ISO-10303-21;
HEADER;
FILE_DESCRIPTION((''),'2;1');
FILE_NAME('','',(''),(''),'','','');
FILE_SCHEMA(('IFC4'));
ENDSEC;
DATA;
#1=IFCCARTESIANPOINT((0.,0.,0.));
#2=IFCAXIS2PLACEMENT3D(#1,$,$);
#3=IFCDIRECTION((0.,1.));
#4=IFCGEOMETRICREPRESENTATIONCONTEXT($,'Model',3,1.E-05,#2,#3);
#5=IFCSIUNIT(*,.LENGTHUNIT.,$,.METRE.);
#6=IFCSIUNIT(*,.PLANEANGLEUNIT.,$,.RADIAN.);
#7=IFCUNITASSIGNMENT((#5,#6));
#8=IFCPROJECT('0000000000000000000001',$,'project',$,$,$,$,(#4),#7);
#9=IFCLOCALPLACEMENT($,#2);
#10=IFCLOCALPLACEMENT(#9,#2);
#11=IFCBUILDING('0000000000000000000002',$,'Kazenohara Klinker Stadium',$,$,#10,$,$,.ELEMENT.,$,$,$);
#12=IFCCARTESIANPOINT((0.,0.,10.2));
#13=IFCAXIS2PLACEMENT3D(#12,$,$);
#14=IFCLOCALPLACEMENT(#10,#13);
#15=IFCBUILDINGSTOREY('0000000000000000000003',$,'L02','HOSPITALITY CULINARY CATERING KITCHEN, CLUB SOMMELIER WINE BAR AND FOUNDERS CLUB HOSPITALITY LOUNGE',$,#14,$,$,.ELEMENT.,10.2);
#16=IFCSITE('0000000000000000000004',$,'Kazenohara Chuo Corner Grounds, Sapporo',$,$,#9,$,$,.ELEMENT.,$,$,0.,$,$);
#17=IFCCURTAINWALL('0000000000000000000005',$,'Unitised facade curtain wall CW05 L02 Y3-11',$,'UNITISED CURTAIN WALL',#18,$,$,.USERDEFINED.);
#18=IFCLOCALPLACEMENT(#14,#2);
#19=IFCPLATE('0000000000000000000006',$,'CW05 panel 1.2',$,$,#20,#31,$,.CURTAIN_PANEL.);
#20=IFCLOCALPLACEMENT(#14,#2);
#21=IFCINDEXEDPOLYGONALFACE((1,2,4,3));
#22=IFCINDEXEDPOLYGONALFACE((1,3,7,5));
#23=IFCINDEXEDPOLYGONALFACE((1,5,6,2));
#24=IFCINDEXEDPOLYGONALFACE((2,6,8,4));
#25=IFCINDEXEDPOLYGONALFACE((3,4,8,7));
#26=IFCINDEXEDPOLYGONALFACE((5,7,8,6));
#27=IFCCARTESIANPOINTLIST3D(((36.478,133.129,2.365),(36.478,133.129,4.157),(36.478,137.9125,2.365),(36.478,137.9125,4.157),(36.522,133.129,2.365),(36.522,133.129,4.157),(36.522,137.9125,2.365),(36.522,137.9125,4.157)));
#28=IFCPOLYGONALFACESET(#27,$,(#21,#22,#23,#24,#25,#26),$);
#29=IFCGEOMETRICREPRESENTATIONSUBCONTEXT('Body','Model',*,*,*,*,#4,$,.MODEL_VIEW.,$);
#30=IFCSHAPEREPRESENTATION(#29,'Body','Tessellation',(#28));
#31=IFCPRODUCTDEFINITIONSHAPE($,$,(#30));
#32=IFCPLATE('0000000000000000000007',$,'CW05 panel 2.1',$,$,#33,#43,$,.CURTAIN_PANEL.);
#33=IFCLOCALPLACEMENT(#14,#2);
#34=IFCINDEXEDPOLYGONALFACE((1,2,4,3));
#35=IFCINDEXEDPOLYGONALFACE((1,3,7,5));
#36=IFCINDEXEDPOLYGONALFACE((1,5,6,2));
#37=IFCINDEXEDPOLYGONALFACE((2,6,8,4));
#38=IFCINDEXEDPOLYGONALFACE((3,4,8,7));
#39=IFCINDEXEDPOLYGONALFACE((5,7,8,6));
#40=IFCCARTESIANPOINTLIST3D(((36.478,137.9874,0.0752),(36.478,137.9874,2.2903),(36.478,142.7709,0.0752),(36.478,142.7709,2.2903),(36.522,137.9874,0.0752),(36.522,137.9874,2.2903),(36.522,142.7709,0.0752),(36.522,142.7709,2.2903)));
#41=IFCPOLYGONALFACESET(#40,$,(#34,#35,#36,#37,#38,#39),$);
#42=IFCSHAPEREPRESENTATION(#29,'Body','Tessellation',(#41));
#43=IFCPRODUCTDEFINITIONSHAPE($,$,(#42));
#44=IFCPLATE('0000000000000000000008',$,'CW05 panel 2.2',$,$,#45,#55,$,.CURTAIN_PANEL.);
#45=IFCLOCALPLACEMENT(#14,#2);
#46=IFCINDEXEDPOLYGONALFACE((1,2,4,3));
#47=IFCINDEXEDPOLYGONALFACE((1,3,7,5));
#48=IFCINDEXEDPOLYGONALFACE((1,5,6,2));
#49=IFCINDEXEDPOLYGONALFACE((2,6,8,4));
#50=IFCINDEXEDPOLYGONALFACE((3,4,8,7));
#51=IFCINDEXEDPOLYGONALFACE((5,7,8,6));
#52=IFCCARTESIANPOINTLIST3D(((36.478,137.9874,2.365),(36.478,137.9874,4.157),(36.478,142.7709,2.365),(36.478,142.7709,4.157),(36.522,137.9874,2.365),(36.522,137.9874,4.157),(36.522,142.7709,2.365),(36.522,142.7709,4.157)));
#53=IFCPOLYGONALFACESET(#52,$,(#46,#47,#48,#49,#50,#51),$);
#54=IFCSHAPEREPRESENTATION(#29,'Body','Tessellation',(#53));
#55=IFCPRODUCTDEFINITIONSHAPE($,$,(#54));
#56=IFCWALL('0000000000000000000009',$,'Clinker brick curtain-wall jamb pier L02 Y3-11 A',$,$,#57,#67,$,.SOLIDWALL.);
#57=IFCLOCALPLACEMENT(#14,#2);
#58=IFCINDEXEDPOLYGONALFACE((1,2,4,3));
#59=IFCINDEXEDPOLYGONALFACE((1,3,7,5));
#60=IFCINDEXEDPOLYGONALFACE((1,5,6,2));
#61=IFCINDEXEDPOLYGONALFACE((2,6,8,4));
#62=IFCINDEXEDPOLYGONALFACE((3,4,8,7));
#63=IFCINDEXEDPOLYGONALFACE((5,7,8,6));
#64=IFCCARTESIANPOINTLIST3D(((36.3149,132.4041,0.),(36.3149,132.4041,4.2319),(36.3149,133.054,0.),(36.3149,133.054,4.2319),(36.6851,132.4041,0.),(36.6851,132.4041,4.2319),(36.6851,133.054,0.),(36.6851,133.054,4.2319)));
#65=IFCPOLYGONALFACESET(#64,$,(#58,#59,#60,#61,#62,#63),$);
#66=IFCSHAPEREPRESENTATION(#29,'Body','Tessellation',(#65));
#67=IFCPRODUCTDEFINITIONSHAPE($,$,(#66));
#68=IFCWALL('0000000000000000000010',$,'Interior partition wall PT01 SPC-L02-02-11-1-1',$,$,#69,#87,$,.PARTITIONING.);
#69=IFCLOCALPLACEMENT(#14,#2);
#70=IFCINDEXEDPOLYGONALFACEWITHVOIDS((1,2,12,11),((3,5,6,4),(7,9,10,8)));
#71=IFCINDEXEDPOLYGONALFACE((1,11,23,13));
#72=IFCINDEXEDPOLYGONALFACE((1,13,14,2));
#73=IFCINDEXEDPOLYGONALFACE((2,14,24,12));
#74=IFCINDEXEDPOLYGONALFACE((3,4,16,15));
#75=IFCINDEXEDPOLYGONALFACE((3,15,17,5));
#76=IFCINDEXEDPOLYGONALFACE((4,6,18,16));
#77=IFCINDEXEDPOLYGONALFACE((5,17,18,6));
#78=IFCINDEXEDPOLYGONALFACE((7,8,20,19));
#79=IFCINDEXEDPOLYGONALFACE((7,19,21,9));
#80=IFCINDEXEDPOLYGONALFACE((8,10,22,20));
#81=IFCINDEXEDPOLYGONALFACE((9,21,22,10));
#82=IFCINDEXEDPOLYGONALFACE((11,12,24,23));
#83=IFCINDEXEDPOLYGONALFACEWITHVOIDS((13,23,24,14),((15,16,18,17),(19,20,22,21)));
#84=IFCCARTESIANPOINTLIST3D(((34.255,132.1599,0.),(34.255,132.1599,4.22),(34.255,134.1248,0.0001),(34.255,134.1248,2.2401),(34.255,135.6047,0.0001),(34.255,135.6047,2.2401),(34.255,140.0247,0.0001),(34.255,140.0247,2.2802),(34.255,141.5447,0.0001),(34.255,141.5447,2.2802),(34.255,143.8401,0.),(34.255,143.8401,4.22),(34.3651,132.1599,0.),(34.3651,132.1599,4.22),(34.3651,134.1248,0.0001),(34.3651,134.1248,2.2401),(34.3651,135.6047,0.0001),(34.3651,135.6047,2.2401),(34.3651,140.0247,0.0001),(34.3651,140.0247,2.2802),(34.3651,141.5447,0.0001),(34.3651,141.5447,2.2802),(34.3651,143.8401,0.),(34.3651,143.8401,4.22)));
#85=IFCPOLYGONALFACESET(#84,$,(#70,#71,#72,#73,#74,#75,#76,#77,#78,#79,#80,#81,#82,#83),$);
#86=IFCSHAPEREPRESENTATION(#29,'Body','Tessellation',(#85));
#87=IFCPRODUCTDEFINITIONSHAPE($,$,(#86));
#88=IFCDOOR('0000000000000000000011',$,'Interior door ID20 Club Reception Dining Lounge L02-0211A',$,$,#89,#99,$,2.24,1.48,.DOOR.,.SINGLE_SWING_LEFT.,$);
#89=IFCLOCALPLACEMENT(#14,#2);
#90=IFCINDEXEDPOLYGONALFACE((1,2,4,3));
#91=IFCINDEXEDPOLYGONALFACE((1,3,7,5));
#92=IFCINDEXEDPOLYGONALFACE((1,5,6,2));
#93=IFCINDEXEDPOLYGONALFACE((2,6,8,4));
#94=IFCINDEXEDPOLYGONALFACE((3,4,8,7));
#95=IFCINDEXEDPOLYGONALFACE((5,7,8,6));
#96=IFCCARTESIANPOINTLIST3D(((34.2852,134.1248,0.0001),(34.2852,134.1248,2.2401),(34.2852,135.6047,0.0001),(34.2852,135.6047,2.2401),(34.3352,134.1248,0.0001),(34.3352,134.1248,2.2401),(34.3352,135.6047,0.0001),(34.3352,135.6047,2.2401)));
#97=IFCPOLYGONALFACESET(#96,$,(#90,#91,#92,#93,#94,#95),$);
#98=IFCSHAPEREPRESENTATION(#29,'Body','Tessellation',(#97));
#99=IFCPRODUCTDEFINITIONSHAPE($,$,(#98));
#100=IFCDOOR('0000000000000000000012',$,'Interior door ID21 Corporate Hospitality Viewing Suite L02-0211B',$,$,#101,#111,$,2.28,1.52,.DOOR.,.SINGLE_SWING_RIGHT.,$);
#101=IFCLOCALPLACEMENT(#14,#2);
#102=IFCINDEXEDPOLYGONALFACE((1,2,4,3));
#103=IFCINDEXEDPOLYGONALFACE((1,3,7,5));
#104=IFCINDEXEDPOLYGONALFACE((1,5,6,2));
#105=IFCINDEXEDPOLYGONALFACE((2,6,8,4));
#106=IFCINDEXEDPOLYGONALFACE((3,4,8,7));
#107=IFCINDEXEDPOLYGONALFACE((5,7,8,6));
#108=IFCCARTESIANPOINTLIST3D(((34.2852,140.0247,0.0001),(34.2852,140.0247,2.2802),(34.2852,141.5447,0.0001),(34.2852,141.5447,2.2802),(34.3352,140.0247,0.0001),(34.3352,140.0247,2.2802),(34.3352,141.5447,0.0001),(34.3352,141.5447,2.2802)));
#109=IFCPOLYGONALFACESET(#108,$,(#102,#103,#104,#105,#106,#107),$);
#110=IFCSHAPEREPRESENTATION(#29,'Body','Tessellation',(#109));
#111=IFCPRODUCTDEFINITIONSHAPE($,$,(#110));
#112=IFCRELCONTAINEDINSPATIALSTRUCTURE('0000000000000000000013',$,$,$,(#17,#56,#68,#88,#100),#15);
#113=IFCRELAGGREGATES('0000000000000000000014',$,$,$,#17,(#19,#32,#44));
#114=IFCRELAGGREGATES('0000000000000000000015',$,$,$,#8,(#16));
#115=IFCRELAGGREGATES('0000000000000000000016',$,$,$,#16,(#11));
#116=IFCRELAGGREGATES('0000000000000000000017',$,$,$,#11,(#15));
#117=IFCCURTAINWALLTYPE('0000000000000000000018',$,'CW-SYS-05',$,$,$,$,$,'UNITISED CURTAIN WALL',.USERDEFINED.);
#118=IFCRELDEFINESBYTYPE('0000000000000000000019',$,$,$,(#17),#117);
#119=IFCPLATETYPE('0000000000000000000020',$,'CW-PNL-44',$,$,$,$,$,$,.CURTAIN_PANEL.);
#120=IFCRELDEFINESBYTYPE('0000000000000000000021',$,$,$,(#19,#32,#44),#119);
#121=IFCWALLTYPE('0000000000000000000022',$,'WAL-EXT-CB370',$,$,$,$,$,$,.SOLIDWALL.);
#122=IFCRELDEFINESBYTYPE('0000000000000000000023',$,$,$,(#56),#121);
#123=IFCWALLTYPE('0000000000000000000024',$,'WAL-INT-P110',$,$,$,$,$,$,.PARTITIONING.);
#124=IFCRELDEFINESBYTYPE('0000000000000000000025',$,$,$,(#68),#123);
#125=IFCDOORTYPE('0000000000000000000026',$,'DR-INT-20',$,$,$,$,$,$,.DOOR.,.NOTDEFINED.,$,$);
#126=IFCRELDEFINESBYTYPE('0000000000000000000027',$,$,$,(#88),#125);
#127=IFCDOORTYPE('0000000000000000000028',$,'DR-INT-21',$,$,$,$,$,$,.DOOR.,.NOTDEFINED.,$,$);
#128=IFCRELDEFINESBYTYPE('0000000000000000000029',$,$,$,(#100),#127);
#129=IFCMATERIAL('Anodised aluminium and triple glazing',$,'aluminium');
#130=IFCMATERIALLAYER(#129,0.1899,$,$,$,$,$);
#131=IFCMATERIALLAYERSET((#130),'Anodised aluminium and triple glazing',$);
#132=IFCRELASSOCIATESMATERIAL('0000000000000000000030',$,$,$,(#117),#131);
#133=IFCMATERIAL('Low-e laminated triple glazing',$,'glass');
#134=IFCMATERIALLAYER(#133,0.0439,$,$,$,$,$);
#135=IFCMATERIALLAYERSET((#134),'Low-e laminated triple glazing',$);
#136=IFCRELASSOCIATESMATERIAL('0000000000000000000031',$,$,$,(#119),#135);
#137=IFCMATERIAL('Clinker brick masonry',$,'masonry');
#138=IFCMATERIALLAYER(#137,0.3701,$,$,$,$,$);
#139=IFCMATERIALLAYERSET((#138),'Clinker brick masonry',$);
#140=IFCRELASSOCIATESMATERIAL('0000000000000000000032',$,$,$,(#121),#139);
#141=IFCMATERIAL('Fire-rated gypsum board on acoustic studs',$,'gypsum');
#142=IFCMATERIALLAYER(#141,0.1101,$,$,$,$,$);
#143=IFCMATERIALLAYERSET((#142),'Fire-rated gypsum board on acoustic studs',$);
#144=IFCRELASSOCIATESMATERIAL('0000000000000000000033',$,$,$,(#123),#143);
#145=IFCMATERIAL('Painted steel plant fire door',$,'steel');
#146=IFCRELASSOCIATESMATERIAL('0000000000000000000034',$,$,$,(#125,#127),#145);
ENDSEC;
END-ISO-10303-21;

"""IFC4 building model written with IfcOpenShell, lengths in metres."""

from ifc_helpers import new_model, si_unit, direction, frame, frame_2d, origin, origin_2d, place, context, subcontext, project, spatial, rectangle, extrude, material, layer, layer_set, type_object, element, fill, aggregate, save


model = new_model("IFC4")

# Units and contexts
model_context = context("Model", 3, precision=1e-05, world=origin(), true_north=direction((0.0, 1.0)))
body_context = subcontext(model_context, "Body", "Model", "MODEL_VIEW")
ifc_project = project(units=[si_unit("LENGTHUNIT", "METRE"), si_unit("PLANEANGLEUNIT", "RADIAN")], contexts=[model_context])

# Site, building, storey
site_placement = place(None, origin())
site = spatial("IfcSite", under=ifc_project, at=site_placement, Name="Kazenohara Chuo Corner Grounds, Sapporo", CompositionType="ELEMENT", RefElevation=0.0)
building_placement = place(site_placement, origin())
building = spatial("IfcBuilding", under=site, at=building_placement, Name="Kazenohara Klinker Stadium", CompositionType="ELEMENT")
storey_placement = place(building_placement, frame((0.0, 0.0, 10.2)))
storey = spatial("IfcBuildingStorey", under=building, at=storey_placement, Name="L02", Description="HOSPITALITY CULINARY CATERING KITCHEN, CLUB SOMMELIER WINE BAR AND FOUNDERS CLUB HOSPITALITY LOUNGE", CompositionType="ELEMENT", Elevation=10.2)

# Curtain wall, plates
ifc_material_1 = material(Name="Anodised aluminium and triple glazing", Category="aluminium")
ifc_layer_1 = layer(ifc_material_1, 0.1899)
ifc_layer_set_1 = layer_set([ifc_layer_1], Name="Anodised aluminium and triple glazing")
curtain_wall_type = type_object("IfcCurtainWallType", Name="CW-SYS-05", ElementType="UNITISED CURTAIN WALL", PredefinedType="USERDEFINED", material=ifc_layer_set_1)
curtain_wall_placement = place(storey_placement, origin())
curtain_wall = element("IfcCurtainWall", 1, at=curtain_wall_placement, inside=storey, type_object=curtain_wall_type, Name="Unitised facade curtain wall CW05 L02 Y3-11", ObjectType="UNITISED CURTAIN WALL", PredefinedType="USERDEFINED")
ifc_material_2 = material(Name="Low-e laminated triple glazing", Category="glass")
ifc_layer_2 = layer(ifc_material_2, 0.0439)
ifc_layer_set_2 = layer_set([ifc_layer_2], Name="Low-e laminated triple glazing")
plate_type = type_object("IfcPlateType", Name="CW-PNL-44", PredefinedType="CURTAIN_PANEL", material=ifc_layer_set_2)
plate_1_placement = place(storey_placement, frame((36.5, 135.5208, 2.365), z_axis=(0.0, 0.0, 1.0), x_axis=(0.0, 1.0, 0.0)))
plate_1 = element("IfcPlate", 2, at=plate_1_placement, type_object=plate_type, Name="CW05 panel 1.2", PredefinedType="CURTAIN_PANEL", context=body_context, shape_type="SweptSolid", body=[
    extrude(rectangle(XDim=4.7834, YDim=0.0439, at=origin_2d()), origin(), (0.0, 0.0, 1.0), 1.792),
])
plate_2_placement = place(storey_placement, frame((36.5, 140.3792, 0.0752), z_axis=(0.0, 0.0, 1.0), x_axis=(0.0, 1.0, 0.0)))
plate_2 = element("IfcPlate", 3, at=plate_2_placement, type_object=plate_type, Name="CW05 panel 2.1", PredefinedType="CURTAIN_PANEL", context=body_context, shape_type="SweptSolid", body=[
    extrude(rectangle(XDim=4.7834, YDim=0.0439, at=origin_2d()), origin(), (0.0, 0.0, 1.0), 2.2151),
])
plate_3_placement = place(storey_placement, frame((36.5, 140.3792, 2.365), z_axis=(0.0, 0.0, 1.0), x_axis=(0.0, 1.0, 0.0)))
plate_3 = element("IfcPlate", 4, at=plate_3_placement, type_object=plate_type, Name="CW05 panel 2.2", PredefinedType="CURTAIN_PANEL", context=body_context, shape_type="SweptSolid", body=[
    extrude(rectangle(XDim=4.7834, YDim=0.0439, at=origin_2d()), origin(), (0.0, 0.0, 1.0), 1.792),
])
aggregate(curtain_wall, [plate_1, plate_2, plate_3])

# Wall
ifc_material_3 = material(Name="Clinker brick masonry", Category="masonry")
ifc_layer_3 = layer(ifc_material_3, 0.3701)
ifc_layer_set_3 = layer_set([ifc_layer_3], Name="Clinker brick masonry")
wall_type_1 = type_object("IfcWallType", Name="WAL-EXT-CB370", PredefinedType="SOLIDWALL", material=ifc_layer_set_3)
wall_1_placement = place(storey_placement, frame((36.5, 132.4041, 0.0), z_axis=(0.0, 0.0, 1.0), x_axis=(0.0, 1.0, 0.0)))
element("IfcWall", 5, at=wall_1_placement, inside=storey, type_object=wall_type_1, Name="Clinker brick curtain-wall jamb pier L02 Y3-11 A", PredefinedType="SOLIDWALL", context=body_context, shape_type="SweptSolid", body=[
    extrude(rectangle(XDim=0.6499, YDim=0.3701, at=frame_2d((0.325, 0.0))), origin(), (0.0, 0.0, 1.0), 4.2319),
])

# Wall, openings, doors
ifc_material_4 = material(Name="Fire-rated gypsum board on acoustic studs", Category="gypsum")
ifc_layer_4 = layer(ifc_material_4, 0.1101)
ifc_layer_set_4 = layer_set([ifc_layer_4], Name="Fire-rated gypsum board on acoustic studs")
wall_type_2 = type_object("IfcWallType", Name="WAL-INT-P110", PredefinedType="PARTITIONING", material=ifc_layer_set_4)
wall_2_placement = place(storey_placement, frame((34.3101, 132.1599, 0.0), z_axis=(0.0, 0.0, 1.0), x_axis=(0.0, 1.0, 0.0)))
wall_2 = element("IfcWall", 6, at=wall_2_placement, inside=storey, type_object=wall_type_2, Name="Interior partition wall PT01 SPC-L02-02-11-1-1", PredefinedType="PARTITIONING", context=body_context, shape_type="SweptSolid", body=[
    extrude(rectangle(XDim=11.6802, YDim=0.1101, at=frame_2d((5.8401, 0.0))), origin(), (0.0, 0.0, 1.0), 4.22),
])
opening_1_placement = place(wall_2_placement, frame((1.9648, 0.0, 0.0)))
opening_1 = element("IfcOpeningElement", 7, at=opening_1_placement, cuts=wall_2, PredefinedType="OPENING", context=body_context, shape_type="SweptSolid", body=[
    extrude(rectangle(XDim=1.48, YDim=2.24, at=frame_2d((0.74, 1.1201))), frame((0.0, 0.0649, 0.0), z_axis=(0.0, -1.0, 0.0), x_axis=(1.0, 0.0, 0.0)), (0.0, 0.0, 1.0), 0.1301),
])
opening_2_placement = place(wall_2_placement, frame((7.8647, 0.0, 0.0)))
opening_2 = element("IfcOpeningElement", 8, at=opening_2_placement, cuts=wall_2, PredefinedType="OPENING", context=body_context, shape_type="SweptSolid", body=[
    extrude(rectangle(XDim=1.52, YDim=2.28, at=frame_2d((0.76, 1.1401))), frame((0.0, 0.0649, 0.0), z_axis=(0.0, -1.0, 0.0), x_axis=(1.0, 0.0, 0.0)), (0.0, 0.0, 1.0), 0.1301),
])
ifc_material_5 = material(Name="Painted steel plant fire door", Category="steel")
door_type_1 = type_object("IfcDoorType", Name="DR-INT-20", OperationType="NOTDEFINED", PredefinedType="DOOR", material=ifc_material_5)
door_1_placement = place(opening_1_placement, origin())
door_1 = element("IfcDoor", 9, at=door_1_placement, inside=storey, type_object=door_type_1, Name="Interior door ID20 Club Reception Dining Lounge L02-0211A", OperationType="SINGLE_SWING_LEFT", OverallHeight=2.24, OverallWidth=1.48, PredefinedType="DOOR", context=body_context, shape_type="SweptSolid", body=[
    extrude(rectangle(XDim=1.48, YDim=2.24, at=frame_2d((0.74, 1.1201))), frame((0.0, 0.0249, 0.0), z_axis=(0.0, -1.0, 0.0), x_axis=(1.0, 0.0, 0.0)), (0.0, 0.0, 1.0), 0.05),
])
fill(opening_1, door_1)
door_type_2 = type_object("IfcDoorType", Name="DR-INT-21", OperationType="NOTDEFINED", PredefinedType="DOOR", material=ifc_material_5)
door_2_placement = place(opening_2_placement, origin())
door_2 = element("IfcDoor", 10, at=door_2_placement, inside=storey, type_object=door_type_2, Name="Interior door ID21 Corporate Hospitality Viewing Suite L02-0211B", OperationType="SINGLE_SWING_RIGHT", OverallHeight=2.28, OverallWidth=1.52, PredefinedType="DOOR", context=body_context, shape_type="SweptSolid", body=[
    extrude(rectangle(XDim=1.52, YDim=2.28, at=frame_2d((0.76, 1.1401))), frame((0.0, 0.0249, 0.0), z_axis=(0.0, -1.0, 0.0), x_axis=(1.0, 0.0, 0.0)), (0.0, 0.0, 1.0), 0.05),
])
fill(opening_2, door_2)

save(model, "model.ifc")
